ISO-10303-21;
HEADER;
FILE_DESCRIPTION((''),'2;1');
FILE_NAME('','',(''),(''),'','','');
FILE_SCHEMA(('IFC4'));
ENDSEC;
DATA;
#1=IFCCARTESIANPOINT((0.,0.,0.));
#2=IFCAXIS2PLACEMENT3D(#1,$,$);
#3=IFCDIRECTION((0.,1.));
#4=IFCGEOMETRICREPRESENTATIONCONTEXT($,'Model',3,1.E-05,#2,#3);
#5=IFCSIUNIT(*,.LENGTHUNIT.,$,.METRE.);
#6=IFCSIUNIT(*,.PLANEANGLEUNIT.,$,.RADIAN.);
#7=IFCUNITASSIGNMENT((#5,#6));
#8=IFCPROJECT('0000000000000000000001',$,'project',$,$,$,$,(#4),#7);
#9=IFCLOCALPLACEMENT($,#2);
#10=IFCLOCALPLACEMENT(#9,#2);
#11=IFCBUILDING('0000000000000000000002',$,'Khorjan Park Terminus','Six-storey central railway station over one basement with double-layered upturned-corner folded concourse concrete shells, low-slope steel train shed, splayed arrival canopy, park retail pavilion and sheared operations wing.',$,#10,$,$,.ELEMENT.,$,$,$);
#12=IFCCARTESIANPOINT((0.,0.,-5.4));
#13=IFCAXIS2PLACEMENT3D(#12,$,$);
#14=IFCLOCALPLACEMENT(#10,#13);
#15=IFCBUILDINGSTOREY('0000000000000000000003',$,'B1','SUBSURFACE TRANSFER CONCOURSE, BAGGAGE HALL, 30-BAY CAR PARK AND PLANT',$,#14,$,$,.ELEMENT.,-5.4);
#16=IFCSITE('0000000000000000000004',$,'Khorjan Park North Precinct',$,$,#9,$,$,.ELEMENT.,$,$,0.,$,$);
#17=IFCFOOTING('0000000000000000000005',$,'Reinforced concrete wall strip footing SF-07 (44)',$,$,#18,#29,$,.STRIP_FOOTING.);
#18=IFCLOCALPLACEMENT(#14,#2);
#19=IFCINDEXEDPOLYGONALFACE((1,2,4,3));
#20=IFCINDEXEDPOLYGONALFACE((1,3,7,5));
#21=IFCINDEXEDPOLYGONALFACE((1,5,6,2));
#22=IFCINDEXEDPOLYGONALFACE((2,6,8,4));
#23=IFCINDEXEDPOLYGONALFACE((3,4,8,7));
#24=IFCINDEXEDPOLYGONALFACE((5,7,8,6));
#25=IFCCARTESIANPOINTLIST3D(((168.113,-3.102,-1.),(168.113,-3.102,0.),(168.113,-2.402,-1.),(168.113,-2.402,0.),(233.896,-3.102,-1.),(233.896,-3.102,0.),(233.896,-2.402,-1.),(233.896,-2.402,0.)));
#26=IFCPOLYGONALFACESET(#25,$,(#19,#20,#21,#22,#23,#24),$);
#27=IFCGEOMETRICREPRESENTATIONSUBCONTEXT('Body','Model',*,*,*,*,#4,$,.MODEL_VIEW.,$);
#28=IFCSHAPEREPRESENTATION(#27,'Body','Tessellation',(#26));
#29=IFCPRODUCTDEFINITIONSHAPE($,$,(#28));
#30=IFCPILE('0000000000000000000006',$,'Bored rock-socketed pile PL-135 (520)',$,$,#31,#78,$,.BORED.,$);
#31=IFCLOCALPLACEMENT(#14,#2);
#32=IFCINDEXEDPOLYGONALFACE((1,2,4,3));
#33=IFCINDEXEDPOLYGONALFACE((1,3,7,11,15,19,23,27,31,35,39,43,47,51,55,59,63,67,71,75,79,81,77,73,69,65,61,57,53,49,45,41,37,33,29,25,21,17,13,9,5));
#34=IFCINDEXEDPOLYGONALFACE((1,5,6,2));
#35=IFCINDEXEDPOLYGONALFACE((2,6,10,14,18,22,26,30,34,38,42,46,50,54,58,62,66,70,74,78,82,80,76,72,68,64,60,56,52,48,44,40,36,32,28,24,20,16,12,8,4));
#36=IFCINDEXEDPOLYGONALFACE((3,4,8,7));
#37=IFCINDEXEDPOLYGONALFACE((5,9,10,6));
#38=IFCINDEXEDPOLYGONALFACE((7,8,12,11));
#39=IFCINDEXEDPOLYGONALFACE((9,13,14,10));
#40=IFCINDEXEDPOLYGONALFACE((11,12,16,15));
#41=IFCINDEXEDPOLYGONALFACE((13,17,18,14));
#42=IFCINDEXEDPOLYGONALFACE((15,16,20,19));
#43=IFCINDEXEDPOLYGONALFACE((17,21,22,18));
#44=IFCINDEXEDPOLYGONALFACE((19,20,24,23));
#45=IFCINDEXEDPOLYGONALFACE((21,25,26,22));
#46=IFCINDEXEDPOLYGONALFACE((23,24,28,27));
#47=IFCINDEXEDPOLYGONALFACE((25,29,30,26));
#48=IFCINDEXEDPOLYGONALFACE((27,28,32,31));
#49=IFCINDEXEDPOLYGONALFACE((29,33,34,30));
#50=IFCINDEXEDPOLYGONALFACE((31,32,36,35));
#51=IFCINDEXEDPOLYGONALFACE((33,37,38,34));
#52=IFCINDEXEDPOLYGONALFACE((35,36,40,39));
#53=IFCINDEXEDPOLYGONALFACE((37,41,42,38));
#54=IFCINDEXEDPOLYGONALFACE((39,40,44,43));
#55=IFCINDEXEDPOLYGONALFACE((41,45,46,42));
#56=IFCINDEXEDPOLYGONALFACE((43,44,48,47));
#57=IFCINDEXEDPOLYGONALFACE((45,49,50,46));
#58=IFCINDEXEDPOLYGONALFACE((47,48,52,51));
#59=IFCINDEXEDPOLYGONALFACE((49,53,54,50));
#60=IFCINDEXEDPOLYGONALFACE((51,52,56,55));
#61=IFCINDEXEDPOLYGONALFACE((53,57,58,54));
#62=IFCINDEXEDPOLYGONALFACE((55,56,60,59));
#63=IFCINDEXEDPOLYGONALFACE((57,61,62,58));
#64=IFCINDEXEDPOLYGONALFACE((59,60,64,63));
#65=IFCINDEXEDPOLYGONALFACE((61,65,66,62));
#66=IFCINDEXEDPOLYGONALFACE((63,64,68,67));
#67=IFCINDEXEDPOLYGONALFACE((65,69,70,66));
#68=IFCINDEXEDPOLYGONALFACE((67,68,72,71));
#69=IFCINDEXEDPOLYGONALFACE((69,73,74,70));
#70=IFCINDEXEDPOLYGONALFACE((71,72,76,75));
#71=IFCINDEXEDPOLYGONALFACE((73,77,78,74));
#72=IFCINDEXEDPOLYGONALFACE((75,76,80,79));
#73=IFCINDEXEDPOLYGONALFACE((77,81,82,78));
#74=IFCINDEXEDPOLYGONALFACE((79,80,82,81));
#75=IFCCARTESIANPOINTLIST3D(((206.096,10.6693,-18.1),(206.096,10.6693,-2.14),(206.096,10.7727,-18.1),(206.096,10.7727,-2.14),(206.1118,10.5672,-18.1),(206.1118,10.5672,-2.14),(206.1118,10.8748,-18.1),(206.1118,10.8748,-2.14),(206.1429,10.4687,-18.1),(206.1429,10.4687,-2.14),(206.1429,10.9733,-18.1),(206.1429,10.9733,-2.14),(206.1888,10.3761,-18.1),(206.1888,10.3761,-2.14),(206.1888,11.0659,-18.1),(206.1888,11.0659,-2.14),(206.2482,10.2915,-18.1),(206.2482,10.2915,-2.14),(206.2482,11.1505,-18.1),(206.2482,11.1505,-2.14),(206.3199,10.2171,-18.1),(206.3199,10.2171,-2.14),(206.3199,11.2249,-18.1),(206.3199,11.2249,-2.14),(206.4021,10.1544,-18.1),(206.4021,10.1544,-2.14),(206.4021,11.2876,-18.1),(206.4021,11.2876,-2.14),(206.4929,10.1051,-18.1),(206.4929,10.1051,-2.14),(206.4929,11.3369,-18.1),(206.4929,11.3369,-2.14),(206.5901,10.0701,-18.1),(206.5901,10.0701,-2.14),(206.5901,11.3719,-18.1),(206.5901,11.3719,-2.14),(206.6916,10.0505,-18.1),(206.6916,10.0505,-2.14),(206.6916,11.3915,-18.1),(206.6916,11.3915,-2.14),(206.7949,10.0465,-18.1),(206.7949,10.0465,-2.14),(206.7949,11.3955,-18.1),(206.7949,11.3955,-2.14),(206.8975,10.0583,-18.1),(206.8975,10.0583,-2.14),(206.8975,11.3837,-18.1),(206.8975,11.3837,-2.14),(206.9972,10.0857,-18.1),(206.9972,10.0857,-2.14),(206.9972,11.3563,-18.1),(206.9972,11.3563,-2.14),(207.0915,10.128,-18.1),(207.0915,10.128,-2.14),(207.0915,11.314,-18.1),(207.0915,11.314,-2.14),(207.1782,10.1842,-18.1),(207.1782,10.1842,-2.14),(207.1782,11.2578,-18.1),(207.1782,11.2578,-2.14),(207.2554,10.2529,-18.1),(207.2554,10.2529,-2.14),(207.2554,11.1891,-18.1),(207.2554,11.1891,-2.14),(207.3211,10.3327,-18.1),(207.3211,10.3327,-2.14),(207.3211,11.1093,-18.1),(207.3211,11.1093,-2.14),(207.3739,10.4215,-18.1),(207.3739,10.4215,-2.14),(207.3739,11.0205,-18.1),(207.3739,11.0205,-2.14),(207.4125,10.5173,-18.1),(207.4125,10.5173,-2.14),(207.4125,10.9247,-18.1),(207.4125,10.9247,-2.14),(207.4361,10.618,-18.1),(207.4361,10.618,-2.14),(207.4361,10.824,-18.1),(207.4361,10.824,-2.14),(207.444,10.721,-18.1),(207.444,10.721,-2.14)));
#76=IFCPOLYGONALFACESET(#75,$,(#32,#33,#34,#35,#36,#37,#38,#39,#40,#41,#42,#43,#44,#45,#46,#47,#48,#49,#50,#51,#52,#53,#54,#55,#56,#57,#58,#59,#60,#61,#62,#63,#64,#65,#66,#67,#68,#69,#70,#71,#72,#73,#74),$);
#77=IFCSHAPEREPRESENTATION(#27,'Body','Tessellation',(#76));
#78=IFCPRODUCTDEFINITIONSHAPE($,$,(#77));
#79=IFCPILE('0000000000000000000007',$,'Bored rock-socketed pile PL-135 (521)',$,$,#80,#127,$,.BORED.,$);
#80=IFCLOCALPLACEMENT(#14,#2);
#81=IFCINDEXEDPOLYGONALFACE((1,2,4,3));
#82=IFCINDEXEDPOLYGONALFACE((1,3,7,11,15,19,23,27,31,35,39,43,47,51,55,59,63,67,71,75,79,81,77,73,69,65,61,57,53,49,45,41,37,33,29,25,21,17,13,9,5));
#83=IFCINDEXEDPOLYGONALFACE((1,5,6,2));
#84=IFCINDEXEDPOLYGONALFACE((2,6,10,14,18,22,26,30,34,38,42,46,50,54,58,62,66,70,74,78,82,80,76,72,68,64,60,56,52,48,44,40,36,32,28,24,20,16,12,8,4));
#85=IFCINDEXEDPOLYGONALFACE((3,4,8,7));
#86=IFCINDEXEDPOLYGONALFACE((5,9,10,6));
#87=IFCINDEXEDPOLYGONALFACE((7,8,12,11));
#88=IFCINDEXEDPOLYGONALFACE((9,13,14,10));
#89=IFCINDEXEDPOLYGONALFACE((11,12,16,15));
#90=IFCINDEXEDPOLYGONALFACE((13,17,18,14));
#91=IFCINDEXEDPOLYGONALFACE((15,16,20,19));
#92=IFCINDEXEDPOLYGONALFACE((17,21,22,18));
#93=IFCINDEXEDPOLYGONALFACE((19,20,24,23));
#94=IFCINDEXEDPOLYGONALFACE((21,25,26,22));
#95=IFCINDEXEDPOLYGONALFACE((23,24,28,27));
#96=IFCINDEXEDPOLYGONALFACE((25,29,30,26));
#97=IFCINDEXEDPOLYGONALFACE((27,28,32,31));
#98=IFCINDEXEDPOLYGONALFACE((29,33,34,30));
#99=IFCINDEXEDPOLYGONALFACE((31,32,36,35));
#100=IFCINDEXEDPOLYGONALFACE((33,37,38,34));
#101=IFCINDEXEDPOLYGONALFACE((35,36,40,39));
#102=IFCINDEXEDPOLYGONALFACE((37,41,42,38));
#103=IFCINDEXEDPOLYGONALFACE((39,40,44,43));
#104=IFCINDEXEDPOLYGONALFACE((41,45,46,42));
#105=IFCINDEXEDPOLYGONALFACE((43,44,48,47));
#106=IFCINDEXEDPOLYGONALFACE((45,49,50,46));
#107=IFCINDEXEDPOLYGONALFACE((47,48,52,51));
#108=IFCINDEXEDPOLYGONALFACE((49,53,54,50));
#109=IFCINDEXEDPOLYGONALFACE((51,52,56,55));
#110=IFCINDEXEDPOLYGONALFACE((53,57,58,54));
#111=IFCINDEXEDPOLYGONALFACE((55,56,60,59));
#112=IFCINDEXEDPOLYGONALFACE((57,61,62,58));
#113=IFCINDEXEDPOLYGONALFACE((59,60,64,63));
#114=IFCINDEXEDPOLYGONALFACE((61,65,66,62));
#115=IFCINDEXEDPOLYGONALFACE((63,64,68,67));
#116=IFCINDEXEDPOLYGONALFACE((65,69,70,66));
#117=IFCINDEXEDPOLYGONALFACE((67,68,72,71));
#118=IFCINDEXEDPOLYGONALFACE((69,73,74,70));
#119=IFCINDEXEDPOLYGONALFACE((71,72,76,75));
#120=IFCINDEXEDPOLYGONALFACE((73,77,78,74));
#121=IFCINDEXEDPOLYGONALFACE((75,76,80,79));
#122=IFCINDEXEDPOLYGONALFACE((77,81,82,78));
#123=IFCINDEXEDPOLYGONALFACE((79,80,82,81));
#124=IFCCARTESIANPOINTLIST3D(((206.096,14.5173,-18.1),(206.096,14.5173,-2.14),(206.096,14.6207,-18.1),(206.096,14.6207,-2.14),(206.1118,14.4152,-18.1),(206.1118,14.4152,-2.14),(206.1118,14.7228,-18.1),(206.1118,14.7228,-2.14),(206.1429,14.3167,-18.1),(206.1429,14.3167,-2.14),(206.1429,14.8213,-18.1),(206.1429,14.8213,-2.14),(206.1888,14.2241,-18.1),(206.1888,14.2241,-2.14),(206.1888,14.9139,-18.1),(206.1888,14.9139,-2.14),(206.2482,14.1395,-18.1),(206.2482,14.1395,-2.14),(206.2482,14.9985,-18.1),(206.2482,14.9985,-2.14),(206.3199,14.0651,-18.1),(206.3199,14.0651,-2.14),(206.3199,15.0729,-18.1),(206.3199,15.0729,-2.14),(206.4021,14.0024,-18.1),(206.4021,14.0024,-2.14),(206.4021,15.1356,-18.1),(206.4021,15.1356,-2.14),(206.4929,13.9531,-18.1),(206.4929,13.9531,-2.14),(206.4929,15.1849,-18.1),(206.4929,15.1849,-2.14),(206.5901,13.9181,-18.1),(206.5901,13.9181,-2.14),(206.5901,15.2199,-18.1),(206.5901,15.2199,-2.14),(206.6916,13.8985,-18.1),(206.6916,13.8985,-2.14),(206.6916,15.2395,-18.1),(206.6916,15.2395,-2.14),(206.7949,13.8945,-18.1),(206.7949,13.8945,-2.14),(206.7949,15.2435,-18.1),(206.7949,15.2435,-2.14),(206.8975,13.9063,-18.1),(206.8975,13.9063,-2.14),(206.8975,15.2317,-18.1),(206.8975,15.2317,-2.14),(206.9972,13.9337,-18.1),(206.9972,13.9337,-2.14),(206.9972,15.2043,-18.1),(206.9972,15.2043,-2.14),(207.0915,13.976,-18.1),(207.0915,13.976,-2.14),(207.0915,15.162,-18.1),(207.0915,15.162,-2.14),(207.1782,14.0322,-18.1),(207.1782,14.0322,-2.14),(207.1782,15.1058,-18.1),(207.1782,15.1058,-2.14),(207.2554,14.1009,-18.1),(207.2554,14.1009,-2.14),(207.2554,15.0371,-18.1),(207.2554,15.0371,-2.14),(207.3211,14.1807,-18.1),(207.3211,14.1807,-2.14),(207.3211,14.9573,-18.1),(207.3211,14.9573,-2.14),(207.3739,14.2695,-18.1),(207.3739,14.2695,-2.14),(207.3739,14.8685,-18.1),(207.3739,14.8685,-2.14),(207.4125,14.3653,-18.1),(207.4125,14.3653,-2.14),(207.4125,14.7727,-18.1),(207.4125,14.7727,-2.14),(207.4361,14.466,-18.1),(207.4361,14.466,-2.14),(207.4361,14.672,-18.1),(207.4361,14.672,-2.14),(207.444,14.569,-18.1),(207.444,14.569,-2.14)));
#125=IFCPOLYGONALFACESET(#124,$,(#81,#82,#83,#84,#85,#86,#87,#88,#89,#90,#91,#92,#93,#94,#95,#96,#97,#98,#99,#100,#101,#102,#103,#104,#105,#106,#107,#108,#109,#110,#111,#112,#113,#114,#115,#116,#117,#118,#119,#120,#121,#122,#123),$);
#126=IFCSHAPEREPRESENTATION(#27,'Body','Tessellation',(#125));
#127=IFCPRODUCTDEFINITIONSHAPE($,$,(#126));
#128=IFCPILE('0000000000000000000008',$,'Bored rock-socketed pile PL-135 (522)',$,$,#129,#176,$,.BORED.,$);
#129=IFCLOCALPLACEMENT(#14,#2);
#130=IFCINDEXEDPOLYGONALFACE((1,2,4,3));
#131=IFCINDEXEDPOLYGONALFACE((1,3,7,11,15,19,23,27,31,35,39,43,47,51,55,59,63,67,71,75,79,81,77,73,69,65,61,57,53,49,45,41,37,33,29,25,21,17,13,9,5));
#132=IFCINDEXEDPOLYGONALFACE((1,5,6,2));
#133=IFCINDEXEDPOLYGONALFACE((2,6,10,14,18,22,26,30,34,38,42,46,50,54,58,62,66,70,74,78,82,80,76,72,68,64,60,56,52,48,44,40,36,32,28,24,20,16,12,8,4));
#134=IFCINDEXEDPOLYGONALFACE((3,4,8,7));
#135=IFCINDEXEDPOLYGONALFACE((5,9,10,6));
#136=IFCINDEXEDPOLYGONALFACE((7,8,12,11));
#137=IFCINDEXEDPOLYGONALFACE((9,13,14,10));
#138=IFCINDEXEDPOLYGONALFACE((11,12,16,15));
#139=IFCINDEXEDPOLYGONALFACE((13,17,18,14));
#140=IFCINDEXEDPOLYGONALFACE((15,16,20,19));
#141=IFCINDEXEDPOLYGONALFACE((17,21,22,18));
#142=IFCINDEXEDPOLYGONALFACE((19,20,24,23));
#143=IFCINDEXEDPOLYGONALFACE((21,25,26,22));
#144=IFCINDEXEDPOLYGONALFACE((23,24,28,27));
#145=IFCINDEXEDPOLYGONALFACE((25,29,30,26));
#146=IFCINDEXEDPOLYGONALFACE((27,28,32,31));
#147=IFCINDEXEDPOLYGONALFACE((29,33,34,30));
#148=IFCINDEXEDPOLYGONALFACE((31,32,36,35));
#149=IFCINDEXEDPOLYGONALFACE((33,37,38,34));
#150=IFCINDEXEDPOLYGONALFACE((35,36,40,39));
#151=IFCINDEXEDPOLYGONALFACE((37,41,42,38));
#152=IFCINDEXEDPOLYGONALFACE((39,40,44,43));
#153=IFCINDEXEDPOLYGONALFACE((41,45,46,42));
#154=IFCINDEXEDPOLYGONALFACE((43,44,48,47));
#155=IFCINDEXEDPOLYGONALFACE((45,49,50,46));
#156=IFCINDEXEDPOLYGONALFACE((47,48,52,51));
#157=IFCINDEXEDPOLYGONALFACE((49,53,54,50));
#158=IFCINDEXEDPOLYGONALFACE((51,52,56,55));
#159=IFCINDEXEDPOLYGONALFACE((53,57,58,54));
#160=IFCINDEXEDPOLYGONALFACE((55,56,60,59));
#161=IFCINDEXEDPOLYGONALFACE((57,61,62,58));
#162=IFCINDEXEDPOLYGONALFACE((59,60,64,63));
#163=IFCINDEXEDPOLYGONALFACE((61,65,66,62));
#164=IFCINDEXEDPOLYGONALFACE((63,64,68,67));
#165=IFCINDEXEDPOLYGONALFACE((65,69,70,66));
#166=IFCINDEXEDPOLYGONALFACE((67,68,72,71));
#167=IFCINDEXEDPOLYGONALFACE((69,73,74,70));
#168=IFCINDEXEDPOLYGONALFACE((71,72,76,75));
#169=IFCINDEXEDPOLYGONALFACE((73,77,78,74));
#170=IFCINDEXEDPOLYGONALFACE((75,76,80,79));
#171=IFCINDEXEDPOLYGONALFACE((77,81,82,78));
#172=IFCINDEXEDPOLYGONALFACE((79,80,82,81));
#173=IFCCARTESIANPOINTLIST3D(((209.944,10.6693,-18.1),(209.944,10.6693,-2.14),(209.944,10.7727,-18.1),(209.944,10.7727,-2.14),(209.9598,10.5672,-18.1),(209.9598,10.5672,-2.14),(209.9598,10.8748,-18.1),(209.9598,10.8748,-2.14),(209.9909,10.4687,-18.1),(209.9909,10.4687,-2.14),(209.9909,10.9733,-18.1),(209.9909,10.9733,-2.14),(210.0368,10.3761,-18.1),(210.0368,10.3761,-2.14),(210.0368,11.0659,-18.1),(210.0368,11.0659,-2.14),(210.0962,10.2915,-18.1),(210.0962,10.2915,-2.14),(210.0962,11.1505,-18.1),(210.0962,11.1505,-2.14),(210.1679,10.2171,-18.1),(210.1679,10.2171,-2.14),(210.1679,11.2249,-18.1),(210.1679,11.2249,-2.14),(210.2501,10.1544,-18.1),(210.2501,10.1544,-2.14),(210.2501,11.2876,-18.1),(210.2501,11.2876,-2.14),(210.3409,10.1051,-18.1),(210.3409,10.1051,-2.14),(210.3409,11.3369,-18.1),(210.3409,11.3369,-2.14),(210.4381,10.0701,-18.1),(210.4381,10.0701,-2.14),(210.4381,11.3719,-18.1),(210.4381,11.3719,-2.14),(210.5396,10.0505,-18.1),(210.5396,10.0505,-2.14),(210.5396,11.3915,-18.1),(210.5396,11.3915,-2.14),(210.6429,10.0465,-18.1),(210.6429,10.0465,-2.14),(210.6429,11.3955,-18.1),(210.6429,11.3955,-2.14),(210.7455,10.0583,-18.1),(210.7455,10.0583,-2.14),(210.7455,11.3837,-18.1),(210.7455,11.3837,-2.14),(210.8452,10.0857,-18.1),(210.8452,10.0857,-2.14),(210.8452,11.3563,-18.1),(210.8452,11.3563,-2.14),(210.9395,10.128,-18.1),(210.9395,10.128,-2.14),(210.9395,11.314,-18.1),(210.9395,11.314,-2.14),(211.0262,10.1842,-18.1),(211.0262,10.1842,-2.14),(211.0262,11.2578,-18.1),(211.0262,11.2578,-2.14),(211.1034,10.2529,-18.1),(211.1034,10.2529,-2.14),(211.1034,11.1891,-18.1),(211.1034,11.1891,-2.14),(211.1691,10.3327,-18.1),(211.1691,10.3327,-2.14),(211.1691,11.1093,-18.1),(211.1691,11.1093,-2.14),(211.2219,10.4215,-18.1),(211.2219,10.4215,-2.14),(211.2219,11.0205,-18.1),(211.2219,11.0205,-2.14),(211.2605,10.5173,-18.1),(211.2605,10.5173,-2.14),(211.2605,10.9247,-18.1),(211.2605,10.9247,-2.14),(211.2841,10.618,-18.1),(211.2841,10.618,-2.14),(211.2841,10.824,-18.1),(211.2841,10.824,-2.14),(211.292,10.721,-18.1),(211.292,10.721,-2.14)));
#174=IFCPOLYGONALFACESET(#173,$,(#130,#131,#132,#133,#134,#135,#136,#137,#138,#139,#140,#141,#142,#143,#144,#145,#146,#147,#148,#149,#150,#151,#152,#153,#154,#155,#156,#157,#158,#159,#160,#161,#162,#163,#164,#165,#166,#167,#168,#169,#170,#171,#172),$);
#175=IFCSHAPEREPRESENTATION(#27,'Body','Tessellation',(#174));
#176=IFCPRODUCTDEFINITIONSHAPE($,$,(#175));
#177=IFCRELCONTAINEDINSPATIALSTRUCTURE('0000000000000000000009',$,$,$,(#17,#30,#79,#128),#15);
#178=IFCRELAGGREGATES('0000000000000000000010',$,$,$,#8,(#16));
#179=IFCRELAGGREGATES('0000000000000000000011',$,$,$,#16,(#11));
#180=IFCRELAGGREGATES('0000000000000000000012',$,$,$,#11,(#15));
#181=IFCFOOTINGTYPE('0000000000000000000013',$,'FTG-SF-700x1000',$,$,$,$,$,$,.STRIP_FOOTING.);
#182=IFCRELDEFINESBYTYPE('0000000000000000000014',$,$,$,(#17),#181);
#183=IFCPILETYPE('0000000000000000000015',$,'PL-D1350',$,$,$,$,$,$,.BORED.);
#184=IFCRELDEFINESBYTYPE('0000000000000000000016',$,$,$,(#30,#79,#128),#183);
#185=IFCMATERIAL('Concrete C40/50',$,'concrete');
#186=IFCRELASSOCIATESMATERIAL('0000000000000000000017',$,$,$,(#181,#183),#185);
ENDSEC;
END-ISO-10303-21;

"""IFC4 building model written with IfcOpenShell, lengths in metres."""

from ifc_helpers import new_model, si_unit, direction, frame, origin, origin_2d, place, context, subcontext, project, spatial, rectangle, circle, extrude, material, material_profile, profile_set, type_object, element, save


model = new_model("IFC4")

# Units and contexts
model_context = context("Model", 3, precision=1e-05, world=origin(), true_north=direction((0.0, 1.0)))
body_context = subcontext(model_context, "Body", "Model", "MODEL_VIEW")
ifc_project = project(units=[si_unit("LENGTHUNIT", "METRE"), si_unit("PLANEANGLEUNIT", "RADIAN")], contexts=[model_context])

# Site, building, storey
site_placement = place(None, origin())
site = spatial("IfcSite", under=ifc_project, at=site_placement, Name="Khorjan Park North Precinct", CompositionType="ELEMENT", RefElevation=0.0)
building_placement = place(site_placement, origin())
building = spatial("IfcBuilding", under=site, at=building_placement, Name="Khorjan Park Terminus", Description="Six-storey central railway station over one basement with double-layered upturned-corner folded concourse concrete shells, low-slope steel train shed, splayed arrival canopy, park retail pavilion and sheared operations wing.", CompositionType="ELEMENT")
storey_placement = place(building_placement, frame((0.0, 0.0, -5.4)))
storey = spatial("IfcBuildingStorey", under=building, at=storey_placement, Name="B1", Description="SUBSURFACE TRANSFER CONCOURSE, BAGGAGE HALL, 30-BAY CAR PARK AND PLANT", CompositionType="ELEMENT", Elevation=-5.4)

# Footing
ifc_material_1 = material(Name="Concrete C40/50", Category="concrete")
ifc_material_profile_1 = material_profile(ifc_material_1, rectangle(XDim=0.7, YDim=1.0, at=origin_2d()), Name="RC 700x1000")
ifc_profile_set_1 = profile_set([ifc_material_profile_1], Name="Concrete C40/50")
footing_type = type_object("IfcFootingType", Name="FTG-SF-700x1000", PredefinedType="STRIP_FOOTING", material=ifc_profile_set_1)
footing_placement = place(storey_placement, frame((233.896, -2.752, -0.5), z_axis=(-1.0, 0.0, 0.0), x_axis=(0.0, -1.0, 0.0)))
element("IfcFooting", 1, at=footing_placement, inside=storey, type_object=footing_type, Name="Reinforced concrete wall strip footing SF-07 (44)", PredefinedType="STRIP_FOOTING", context=body_context, shape_type="SweptSolid", body=[
    extrude(rectangle(XDim=0.7, YDim=1.0, at=origin_2d()), origin(), (0.0, 0.0, 1.0), 65.783),
])

# Piles
ifc_material_profile_2 = material_profile(ifc_material_1, circle(Radius=0.675, at=origin_2d()), Name="BORED D1350")
ifc_profile_set_2 = profile_set([ifc_material_profile_2], Name="Concrete C40/50")
pile_type = type_object("IfcPileType", Name="PL-D1350", PredefinedType="BORED", material=ifc_profile_set_2)
for number, where, z_axis, x_axis, name in (
    (2, (206.769, 10.721, -2.14), (0.0, 0.0, -1.0), (1.0, 0.0, 0.0), "Bored rock-socketed pile PL-135 (520)"),
    (3, (206.769, 14.569, -2.14), (0.0, 0.0, -1.0), (1.0, 0.0, 0.0), "Bored rock-socketed pile PL-135 (521)"),
    (4, (210.617, 10.721, -2.14), (0.0, 0.0, -1.0), (1.0, 0.0, 0.0), "Bored rock-socketed pile PL-135 (522)"),
):
    element("IfcPile", number, at=place(storey_placement, frame(where, z_axis=z_axis, x_axis=x_axis)), inside=storey, type_object=pile_type, Name=name, PredefinedType="BORED", context=body_context, shape_type="SweptSolid", body=[
        extrude(circle(Radius=0.675, at=origin_2d()), origin(), (0.0, 0.0, 1.0), 15.96),
    ])

save(model, "model.ifc")
